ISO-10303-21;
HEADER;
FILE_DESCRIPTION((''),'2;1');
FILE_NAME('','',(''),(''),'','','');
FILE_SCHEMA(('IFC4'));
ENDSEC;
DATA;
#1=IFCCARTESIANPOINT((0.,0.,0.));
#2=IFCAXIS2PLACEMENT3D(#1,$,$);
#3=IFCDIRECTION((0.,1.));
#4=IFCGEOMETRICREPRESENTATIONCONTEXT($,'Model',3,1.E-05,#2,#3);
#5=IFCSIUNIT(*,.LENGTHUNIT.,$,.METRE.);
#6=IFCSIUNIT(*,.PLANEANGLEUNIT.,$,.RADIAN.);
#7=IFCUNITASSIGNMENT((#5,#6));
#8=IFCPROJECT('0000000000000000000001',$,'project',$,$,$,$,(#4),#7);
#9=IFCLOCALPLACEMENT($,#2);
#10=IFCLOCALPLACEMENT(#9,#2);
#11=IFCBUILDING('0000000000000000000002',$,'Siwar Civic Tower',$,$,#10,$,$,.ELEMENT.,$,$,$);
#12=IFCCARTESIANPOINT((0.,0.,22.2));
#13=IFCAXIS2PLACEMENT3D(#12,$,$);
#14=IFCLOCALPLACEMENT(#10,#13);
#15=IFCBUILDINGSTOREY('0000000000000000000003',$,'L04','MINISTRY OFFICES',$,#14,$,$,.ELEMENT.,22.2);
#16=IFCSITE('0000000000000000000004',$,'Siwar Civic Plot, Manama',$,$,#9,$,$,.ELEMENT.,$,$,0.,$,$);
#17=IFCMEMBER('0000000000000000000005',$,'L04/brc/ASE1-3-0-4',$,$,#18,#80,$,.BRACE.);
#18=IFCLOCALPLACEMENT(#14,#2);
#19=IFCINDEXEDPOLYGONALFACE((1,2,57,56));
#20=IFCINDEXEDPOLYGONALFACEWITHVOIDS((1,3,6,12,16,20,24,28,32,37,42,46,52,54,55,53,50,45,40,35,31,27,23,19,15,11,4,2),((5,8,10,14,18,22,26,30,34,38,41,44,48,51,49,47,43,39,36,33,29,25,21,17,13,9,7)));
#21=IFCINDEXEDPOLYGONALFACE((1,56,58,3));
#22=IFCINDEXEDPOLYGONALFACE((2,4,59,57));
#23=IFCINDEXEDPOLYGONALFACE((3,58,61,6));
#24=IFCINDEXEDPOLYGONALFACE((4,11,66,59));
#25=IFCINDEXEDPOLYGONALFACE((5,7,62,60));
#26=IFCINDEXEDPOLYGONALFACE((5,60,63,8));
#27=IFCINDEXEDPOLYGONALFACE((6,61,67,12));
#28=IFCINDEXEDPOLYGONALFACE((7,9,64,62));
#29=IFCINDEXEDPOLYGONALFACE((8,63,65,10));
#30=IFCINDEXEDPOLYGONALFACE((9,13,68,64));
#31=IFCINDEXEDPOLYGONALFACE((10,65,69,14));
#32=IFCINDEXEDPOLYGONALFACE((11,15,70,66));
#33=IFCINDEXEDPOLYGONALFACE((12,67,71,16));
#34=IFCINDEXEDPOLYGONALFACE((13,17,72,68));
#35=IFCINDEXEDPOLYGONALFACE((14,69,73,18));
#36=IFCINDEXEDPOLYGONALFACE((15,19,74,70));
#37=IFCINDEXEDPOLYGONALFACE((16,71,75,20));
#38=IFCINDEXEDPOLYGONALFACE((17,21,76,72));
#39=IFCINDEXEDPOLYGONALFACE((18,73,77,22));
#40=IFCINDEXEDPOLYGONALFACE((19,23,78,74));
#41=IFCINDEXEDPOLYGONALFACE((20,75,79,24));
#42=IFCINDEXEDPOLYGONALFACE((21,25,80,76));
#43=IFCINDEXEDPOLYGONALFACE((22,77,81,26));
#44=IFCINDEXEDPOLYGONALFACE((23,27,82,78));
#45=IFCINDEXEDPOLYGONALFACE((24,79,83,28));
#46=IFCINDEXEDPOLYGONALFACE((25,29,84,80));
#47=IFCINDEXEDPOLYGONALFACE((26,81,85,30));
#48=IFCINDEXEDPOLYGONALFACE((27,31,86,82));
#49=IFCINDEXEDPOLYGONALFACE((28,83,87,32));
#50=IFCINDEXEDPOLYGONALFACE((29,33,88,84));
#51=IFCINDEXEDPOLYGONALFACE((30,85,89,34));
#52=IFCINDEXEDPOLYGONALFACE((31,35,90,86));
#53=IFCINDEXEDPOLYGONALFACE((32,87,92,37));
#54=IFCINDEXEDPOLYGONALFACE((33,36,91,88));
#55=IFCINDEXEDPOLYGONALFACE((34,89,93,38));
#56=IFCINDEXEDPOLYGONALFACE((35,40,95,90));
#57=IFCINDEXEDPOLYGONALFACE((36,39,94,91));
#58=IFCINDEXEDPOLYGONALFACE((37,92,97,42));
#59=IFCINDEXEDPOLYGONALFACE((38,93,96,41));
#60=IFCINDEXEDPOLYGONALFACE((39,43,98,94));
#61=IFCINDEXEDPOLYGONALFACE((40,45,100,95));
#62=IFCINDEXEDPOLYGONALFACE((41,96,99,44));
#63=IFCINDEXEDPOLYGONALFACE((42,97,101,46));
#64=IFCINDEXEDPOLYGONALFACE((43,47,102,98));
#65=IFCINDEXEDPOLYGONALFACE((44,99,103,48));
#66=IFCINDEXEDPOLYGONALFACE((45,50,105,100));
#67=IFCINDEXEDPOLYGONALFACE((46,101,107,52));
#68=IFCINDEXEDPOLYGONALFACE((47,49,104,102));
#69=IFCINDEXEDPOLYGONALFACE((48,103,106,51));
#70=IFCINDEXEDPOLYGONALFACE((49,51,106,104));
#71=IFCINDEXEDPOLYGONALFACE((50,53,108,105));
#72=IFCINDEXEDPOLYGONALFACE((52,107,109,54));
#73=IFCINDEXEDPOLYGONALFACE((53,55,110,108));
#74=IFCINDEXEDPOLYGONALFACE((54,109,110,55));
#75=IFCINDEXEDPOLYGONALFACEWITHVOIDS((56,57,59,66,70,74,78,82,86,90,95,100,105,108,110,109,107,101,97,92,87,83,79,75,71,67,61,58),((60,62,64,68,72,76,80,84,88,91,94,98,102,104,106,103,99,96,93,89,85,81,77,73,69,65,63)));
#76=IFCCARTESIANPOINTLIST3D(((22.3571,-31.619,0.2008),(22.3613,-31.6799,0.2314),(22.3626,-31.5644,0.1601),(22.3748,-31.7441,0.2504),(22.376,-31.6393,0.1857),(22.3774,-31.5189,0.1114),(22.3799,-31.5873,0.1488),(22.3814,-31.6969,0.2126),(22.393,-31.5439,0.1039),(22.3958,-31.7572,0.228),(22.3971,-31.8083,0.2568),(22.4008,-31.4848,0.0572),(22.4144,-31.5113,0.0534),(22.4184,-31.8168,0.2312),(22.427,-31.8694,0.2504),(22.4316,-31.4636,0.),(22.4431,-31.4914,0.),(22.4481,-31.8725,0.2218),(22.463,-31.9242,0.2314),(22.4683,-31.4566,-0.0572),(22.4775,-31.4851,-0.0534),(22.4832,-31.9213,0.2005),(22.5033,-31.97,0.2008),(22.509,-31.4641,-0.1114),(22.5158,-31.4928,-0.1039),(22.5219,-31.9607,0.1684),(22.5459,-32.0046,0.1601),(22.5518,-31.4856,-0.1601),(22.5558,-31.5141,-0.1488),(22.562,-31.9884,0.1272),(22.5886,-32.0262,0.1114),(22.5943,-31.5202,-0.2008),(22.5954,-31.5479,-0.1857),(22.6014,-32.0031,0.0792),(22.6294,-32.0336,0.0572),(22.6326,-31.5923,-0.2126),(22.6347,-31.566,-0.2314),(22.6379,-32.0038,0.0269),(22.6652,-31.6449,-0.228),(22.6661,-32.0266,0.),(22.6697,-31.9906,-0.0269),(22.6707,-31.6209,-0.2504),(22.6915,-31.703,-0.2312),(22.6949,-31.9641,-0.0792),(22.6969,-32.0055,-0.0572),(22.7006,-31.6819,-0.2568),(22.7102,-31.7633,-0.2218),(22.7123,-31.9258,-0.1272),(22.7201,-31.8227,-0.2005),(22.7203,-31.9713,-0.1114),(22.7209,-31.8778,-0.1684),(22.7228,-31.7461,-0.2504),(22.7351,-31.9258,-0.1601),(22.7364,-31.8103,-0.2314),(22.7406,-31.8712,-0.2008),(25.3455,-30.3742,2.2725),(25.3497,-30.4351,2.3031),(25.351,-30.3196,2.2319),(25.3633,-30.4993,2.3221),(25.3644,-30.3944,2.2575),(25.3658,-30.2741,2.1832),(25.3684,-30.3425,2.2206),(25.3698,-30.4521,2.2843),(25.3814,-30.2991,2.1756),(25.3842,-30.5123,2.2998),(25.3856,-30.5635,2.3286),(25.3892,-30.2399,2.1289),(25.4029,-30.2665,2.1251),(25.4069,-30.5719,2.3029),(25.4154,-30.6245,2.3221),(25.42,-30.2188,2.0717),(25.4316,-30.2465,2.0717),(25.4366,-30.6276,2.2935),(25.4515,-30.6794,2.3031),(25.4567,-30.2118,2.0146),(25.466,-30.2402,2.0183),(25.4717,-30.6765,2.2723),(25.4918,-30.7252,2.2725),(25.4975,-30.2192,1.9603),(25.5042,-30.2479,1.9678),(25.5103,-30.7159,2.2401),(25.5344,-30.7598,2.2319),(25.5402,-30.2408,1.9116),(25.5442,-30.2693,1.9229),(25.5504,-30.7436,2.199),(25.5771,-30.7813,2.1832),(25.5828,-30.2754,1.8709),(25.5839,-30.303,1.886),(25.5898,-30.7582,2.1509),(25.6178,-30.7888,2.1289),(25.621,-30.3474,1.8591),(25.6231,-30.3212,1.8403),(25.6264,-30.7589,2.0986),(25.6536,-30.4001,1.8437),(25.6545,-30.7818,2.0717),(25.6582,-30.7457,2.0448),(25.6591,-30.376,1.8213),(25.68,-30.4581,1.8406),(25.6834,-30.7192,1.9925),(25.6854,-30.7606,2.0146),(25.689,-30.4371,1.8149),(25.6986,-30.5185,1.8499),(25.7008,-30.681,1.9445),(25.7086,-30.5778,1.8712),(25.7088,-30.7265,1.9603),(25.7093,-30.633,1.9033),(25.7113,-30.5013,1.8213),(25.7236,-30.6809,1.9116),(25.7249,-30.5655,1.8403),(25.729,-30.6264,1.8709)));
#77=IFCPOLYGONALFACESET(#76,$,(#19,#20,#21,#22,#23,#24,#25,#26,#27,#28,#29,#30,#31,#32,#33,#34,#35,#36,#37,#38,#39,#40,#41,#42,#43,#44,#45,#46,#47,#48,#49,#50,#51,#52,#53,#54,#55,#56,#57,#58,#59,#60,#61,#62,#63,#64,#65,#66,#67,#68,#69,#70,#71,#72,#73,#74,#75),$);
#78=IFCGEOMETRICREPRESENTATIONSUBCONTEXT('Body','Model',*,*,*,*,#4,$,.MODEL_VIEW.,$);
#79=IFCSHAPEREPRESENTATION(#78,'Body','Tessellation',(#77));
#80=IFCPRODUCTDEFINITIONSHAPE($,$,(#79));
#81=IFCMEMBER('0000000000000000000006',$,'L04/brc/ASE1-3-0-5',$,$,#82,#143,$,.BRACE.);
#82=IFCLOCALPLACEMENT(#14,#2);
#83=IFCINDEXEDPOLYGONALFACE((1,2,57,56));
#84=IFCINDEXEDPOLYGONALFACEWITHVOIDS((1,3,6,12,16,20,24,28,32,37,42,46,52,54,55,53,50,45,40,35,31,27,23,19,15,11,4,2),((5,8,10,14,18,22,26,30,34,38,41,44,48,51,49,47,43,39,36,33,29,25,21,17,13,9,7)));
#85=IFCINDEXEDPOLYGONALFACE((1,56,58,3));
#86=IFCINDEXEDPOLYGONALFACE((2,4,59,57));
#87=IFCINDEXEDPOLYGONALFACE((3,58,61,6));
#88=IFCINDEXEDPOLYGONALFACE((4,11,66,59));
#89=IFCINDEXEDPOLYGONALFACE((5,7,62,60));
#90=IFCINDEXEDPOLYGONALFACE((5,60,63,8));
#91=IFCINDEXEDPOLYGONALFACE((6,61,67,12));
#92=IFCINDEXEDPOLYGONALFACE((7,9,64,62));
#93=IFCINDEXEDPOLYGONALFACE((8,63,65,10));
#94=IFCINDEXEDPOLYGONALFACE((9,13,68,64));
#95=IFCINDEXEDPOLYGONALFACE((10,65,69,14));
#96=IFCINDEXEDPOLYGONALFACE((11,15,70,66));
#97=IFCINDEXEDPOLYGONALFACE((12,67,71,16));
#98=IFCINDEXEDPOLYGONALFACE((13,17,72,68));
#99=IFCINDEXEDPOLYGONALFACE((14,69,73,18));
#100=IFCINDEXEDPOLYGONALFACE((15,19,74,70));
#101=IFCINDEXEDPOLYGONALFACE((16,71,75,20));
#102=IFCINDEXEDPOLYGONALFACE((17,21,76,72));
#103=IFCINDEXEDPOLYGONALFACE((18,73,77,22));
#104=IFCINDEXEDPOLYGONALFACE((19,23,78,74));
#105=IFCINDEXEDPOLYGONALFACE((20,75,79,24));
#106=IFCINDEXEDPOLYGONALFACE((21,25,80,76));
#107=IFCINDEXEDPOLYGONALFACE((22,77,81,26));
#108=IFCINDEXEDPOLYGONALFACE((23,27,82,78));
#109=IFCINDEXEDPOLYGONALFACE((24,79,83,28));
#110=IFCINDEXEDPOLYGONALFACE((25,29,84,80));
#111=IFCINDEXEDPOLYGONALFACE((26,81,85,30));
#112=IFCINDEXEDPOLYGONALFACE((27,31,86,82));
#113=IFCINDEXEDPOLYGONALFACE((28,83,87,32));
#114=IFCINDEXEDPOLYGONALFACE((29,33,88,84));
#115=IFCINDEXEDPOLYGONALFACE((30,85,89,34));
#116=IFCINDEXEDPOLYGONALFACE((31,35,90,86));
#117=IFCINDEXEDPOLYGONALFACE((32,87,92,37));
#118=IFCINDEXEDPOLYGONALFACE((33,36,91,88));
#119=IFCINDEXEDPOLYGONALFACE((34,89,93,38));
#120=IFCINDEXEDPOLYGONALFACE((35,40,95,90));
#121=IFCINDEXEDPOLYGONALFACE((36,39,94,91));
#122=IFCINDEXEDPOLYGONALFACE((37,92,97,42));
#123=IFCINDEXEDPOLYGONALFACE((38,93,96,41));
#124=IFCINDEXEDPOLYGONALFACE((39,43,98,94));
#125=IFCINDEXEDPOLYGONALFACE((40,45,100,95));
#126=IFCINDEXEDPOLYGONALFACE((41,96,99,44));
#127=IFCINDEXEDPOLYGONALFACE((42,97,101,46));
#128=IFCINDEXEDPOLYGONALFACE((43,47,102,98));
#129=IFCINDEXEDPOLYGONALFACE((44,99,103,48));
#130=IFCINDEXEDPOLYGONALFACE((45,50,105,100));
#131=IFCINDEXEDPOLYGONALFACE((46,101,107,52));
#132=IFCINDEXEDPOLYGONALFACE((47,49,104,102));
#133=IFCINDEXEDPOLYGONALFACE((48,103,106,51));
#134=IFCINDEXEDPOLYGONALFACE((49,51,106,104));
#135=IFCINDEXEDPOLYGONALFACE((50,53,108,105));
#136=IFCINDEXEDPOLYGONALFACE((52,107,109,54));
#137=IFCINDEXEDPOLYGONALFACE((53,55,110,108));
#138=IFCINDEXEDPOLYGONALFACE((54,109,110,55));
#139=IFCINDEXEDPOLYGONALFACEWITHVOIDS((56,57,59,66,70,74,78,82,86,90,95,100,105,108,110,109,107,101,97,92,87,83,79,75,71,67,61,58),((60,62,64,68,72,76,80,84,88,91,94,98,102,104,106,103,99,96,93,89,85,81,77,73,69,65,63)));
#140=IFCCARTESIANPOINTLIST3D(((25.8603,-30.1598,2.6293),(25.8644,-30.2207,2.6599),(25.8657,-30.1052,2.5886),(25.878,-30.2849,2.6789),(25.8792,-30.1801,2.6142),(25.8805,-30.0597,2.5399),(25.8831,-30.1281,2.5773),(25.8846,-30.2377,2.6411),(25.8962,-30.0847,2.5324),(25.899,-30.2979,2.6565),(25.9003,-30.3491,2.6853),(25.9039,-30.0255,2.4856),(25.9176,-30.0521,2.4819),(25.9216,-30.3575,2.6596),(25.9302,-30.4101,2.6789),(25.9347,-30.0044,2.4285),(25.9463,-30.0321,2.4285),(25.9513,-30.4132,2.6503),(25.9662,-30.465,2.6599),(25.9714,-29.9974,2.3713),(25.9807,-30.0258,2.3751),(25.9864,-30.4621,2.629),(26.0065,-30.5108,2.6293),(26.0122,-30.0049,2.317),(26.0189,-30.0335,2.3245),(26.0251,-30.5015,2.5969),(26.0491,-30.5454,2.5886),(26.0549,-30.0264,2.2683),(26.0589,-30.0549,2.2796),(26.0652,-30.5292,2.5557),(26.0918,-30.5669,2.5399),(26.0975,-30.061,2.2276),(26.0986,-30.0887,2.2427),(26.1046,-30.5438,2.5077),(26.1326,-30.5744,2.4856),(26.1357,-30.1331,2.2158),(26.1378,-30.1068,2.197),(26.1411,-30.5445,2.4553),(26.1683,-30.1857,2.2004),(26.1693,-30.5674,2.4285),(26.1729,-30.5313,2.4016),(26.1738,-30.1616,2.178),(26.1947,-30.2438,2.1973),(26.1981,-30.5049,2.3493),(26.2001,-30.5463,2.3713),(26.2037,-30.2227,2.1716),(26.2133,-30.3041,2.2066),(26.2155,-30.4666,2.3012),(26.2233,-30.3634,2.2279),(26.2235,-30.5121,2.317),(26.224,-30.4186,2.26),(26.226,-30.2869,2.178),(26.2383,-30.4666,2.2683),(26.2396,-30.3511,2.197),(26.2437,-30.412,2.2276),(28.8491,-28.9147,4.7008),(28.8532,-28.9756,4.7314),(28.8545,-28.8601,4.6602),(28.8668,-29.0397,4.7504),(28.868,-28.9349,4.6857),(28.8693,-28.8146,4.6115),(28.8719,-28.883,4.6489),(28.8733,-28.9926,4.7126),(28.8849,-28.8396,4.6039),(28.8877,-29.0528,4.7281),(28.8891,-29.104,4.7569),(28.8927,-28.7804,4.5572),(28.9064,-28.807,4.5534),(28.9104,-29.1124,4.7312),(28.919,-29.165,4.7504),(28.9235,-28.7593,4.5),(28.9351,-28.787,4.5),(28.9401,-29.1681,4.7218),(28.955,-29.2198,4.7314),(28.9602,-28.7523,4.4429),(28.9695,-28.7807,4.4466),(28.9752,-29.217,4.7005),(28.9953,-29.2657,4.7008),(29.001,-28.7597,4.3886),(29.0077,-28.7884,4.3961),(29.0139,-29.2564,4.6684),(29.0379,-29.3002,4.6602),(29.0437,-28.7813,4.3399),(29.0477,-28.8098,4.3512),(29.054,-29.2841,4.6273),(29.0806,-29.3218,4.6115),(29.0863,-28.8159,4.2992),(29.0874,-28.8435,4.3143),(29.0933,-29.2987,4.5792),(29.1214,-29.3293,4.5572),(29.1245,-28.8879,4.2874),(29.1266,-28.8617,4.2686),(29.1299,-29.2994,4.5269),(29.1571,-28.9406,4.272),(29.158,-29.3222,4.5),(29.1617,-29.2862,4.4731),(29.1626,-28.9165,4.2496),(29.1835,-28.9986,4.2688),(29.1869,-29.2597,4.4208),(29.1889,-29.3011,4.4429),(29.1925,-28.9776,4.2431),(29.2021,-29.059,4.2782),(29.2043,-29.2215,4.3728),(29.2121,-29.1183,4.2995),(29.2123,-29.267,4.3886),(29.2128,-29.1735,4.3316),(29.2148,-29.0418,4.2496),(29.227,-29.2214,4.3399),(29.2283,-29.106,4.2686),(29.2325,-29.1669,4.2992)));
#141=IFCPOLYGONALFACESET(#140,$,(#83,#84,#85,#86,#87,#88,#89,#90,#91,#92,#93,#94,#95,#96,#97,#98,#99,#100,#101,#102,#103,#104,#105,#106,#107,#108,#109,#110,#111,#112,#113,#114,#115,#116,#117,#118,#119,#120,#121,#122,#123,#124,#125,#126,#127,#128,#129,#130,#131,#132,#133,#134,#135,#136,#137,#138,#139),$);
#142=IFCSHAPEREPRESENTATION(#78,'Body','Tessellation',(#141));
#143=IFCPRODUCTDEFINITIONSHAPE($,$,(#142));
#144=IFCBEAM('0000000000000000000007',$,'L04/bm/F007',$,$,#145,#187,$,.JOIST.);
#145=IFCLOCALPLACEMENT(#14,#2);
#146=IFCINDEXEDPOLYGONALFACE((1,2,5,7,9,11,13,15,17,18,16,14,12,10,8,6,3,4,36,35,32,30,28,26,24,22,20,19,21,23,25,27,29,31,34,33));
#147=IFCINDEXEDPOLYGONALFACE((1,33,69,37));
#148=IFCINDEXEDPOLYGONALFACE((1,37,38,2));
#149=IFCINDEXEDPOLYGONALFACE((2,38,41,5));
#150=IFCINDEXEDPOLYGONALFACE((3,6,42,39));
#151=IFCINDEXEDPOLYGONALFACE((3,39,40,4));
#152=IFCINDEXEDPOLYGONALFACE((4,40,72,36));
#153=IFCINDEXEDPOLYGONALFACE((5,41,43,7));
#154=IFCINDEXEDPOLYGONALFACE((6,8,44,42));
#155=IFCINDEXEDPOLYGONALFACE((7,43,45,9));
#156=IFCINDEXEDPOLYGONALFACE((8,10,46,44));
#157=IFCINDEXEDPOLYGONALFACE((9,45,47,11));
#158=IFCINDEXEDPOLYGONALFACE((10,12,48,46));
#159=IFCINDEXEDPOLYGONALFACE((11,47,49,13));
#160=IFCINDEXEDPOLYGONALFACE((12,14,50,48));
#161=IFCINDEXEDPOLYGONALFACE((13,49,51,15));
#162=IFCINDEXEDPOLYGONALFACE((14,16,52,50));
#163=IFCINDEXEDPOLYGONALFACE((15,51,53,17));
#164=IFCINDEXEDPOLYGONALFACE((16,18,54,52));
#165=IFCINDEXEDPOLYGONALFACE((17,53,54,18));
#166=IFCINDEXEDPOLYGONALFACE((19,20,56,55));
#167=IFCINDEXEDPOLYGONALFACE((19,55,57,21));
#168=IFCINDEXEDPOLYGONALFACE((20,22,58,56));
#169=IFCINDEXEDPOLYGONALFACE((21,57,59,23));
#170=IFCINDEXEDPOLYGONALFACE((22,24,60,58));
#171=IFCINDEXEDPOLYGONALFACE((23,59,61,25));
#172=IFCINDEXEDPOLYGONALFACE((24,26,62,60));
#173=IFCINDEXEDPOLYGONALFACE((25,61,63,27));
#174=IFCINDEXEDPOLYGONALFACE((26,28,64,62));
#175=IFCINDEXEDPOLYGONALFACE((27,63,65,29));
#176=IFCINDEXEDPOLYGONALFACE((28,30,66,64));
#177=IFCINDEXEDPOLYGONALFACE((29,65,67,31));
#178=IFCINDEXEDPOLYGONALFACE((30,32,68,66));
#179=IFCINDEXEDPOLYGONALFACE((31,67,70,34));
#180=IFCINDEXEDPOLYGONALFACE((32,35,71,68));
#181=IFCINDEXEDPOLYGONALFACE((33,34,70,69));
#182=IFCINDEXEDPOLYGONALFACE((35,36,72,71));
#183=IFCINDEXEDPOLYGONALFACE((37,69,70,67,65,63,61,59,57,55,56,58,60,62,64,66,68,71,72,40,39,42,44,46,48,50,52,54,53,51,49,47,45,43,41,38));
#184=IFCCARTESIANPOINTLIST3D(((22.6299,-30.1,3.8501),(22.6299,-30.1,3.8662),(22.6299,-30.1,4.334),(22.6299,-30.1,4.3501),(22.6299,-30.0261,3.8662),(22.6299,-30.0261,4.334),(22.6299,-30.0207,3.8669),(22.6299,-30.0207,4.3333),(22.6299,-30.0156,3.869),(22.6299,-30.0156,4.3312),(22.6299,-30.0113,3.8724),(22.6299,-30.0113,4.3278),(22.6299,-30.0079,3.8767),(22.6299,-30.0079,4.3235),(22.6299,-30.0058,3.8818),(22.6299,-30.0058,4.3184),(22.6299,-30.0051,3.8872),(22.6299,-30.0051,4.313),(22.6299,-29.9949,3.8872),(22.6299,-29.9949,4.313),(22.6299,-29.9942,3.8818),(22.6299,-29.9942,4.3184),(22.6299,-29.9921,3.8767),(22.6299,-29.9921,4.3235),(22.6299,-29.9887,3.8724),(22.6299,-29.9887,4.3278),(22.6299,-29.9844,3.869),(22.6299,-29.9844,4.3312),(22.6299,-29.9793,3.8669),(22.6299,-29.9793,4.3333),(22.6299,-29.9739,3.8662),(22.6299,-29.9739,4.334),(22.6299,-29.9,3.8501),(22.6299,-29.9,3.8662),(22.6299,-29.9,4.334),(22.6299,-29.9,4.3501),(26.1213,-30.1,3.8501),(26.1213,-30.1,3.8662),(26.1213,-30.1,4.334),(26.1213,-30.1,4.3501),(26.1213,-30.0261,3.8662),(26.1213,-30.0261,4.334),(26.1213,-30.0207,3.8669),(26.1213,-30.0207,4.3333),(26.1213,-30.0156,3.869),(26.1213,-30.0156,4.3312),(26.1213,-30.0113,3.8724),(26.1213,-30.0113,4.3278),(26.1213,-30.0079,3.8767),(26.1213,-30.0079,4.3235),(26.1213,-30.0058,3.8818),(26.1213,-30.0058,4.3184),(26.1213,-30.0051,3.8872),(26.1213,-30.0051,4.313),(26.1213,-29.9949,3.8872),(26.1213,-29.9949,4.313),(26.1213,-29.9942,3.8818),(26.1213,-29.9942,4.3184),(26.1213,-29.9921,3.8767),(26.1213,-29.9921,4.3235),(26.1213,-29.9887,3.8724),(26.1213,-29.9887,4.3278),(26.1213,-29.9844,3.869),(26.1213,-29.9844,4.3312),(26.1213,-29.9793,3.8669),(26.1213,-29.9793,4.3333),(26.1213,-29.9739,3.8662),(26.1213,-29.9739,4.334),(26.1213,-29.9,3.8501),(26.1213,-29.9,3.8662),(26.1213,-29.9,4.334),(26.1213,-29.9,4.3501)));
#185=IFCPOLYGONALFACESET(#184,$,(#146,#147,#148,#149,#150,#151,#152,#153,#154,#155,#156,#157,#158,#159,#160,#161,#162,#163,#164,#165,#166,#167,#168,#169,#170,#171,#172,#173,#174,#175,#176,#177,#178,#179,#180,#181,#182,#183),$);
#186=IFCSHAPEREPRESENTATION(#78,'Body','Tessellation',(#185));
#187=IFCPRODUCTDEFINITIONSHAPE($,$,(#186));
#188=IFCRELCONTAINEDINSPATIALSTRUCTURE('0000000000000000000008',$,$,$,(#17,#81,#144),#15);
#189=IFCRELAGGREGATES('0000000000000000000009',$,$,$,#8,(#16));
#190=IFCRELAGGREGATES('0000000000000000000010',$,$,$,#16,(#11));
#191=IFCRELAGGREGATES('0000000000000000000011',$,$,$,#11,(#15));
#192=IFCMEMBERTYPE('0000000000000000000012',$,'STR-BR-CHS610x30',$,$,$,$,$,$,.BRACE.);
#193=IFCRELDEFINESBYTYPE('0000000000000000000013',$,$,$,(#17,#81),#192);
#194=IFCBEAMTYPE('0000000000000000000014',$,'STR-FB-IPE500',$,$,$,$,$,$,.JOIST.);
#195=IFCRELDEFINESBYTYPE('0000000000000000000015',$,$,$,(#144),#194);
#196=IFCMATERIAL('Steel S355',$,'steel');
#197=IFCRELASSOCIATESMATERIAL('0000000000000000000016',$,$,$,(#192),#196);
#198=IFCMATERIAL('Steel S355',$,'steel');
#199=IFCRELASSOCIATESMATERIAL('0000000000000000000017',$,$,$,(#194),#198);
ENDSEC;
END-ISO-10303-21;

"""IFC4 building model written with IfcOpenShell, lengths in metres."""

from ifc_helpers import new_model, si_unit, direction, frame, origin, origin_2d, place, context, subcontext, project, spatial, hollow_circle, i_section, extrude, material, material_profile, profile_set, type_object, element, save


model = new_model("IFC4")

# Units and contexts
model_context = context("Model", 3, precision=1e-05, world=origin(), true_north=direction((0.0, 1.0)))
body_context = subcontext(model_context, "Body", "Model", "MODEL_VIEW")
ifc_project = project(units=[si_unit("LENGTHUNIT", "METRE"), si_unit("PLANEANGLEUNIT", "RADIAN")], contexts=[model_context])

# Site, building, storey
site_placement = place(None, origin())
site = spatial("IfcSite", under=ifc_project, at=site_placement, Name="Siwar Civic Plot, Manama", CompositionType="ELEMENT", RefElevation=0.0)
building_placement = place(site_placement, origin())
building = spatial("IfcBuilding", under=site, at=building_placement, Name="Siwar Civic Tower", CompositionType="ELEMENT")
storey_placement = place(building_placement, frame((0.0, 0.0, 22.2)))
storey = spatial("IfcBuildingStorey", under=building, at=storey_placement, Name="L04", Description="MINISTRY OFFICES", CompositionType="ELEMENT", Elevation=22.2)

# Members
ifc_material_1 = material(Name="Steel S355", Category="steel")
ifc_material_profile_1 = material_profile(ifc_material_1, hollow_circle(Radius=0.3049, WallThickness=0.03, at=origin_2d()), Name="CHS610x30")
ifc_profile_set_1 = profile_set([ifc_material_profile_1], Name="Steel S355")
member_type_1 = type_object("IfcMemberType", Name="STR-BR-CHS610x30", PredefinedType="BRACE", material=ifc_profile_set_1)
member_1_placement = place(storey_placement, frame((22.5488, -31.7451, 0.0), z_axis=(0.777533, 0.323882, 0.53902), x_axis=(-0.384524, 0.923115, 0.0)))
element("IfcMember", 1, at=member_1_placement, inside=storey, type_object=member_type_1, Name="L04/brc/ASE1-3-0-4", PredefinedType="BRACE", context=body_context, shape_type="SweptSolid", body=[
    extrude(hollow_circle(Radius=0.3049, WallThickness=0.03, at=origin_2d()), origin(), (0.0, 0.0, 1.0), 3.8435),
])
member_2_placement = place(storey_placement, frame((26.052, -30.2859, 2.4285), z_axis=(0.777569, 0.323934, 0.538937), x_axis=(-0.384562, 0.923099, 0.0)))
element("IfcMember", 2, at=member_2_placement, inside=storey, type_object=member_type_1, Name="L04/brc/ASE1-3-0-5", PredefinedType="BRACE", context=body_context, shape_type="SweptSolid", body=[
    extrude(hollow_circle(Radius=0.3049, WallThickness=0.03, at=origin_2d()), origin(), (0.0, 0.0, 1.0), 3.8438),
])

# Beam
ifc_material_2 = material(Name="Steel S355", Category="steel")
ifc_material_profile_2 = material_profile(ifc_material_2, i_section(OverallWidth=0.2, OverallDepth=0.5, WebThickness=0.0103, FlangeThickness=0.0161, FilletRadius=0.021, at=origin_2d()), Name="IPE500")
ifc_profile_set_2 = profile_set([ifc_material_profile_2], Name="Steel S355")
beam_type_1 = type_object("IfcBeamType", Name="STR-FB-IPE500", PredefinedType="JOIST", material=ifc_profile_set_2)
beam_1_placement = place(storey_placement, frame((22.6299, -30.0, 4.1001), z_axis=(1.0, 0.0, 0.0), x_axis=(0.0, 1.0, 0.0)))
element("IfcBeam", 3, at=beam_1_placement, inside=storey, type_object=beam_type_1, Name="L04/bm/F007", PredefinedType="JOIST", context=body_context, shape_type="SweptSolid", body=[
    extrude(i_section(OverallWidth=0.2, OverallDepth=0.5, WebThickness=0.0103, FlangeThickness=0.0161, FilletRadius=0.021, at=origin_2d()), origin(), (0.0, 0.0, 1.0), 3.4915),
])

save(model, "model.ifc")
